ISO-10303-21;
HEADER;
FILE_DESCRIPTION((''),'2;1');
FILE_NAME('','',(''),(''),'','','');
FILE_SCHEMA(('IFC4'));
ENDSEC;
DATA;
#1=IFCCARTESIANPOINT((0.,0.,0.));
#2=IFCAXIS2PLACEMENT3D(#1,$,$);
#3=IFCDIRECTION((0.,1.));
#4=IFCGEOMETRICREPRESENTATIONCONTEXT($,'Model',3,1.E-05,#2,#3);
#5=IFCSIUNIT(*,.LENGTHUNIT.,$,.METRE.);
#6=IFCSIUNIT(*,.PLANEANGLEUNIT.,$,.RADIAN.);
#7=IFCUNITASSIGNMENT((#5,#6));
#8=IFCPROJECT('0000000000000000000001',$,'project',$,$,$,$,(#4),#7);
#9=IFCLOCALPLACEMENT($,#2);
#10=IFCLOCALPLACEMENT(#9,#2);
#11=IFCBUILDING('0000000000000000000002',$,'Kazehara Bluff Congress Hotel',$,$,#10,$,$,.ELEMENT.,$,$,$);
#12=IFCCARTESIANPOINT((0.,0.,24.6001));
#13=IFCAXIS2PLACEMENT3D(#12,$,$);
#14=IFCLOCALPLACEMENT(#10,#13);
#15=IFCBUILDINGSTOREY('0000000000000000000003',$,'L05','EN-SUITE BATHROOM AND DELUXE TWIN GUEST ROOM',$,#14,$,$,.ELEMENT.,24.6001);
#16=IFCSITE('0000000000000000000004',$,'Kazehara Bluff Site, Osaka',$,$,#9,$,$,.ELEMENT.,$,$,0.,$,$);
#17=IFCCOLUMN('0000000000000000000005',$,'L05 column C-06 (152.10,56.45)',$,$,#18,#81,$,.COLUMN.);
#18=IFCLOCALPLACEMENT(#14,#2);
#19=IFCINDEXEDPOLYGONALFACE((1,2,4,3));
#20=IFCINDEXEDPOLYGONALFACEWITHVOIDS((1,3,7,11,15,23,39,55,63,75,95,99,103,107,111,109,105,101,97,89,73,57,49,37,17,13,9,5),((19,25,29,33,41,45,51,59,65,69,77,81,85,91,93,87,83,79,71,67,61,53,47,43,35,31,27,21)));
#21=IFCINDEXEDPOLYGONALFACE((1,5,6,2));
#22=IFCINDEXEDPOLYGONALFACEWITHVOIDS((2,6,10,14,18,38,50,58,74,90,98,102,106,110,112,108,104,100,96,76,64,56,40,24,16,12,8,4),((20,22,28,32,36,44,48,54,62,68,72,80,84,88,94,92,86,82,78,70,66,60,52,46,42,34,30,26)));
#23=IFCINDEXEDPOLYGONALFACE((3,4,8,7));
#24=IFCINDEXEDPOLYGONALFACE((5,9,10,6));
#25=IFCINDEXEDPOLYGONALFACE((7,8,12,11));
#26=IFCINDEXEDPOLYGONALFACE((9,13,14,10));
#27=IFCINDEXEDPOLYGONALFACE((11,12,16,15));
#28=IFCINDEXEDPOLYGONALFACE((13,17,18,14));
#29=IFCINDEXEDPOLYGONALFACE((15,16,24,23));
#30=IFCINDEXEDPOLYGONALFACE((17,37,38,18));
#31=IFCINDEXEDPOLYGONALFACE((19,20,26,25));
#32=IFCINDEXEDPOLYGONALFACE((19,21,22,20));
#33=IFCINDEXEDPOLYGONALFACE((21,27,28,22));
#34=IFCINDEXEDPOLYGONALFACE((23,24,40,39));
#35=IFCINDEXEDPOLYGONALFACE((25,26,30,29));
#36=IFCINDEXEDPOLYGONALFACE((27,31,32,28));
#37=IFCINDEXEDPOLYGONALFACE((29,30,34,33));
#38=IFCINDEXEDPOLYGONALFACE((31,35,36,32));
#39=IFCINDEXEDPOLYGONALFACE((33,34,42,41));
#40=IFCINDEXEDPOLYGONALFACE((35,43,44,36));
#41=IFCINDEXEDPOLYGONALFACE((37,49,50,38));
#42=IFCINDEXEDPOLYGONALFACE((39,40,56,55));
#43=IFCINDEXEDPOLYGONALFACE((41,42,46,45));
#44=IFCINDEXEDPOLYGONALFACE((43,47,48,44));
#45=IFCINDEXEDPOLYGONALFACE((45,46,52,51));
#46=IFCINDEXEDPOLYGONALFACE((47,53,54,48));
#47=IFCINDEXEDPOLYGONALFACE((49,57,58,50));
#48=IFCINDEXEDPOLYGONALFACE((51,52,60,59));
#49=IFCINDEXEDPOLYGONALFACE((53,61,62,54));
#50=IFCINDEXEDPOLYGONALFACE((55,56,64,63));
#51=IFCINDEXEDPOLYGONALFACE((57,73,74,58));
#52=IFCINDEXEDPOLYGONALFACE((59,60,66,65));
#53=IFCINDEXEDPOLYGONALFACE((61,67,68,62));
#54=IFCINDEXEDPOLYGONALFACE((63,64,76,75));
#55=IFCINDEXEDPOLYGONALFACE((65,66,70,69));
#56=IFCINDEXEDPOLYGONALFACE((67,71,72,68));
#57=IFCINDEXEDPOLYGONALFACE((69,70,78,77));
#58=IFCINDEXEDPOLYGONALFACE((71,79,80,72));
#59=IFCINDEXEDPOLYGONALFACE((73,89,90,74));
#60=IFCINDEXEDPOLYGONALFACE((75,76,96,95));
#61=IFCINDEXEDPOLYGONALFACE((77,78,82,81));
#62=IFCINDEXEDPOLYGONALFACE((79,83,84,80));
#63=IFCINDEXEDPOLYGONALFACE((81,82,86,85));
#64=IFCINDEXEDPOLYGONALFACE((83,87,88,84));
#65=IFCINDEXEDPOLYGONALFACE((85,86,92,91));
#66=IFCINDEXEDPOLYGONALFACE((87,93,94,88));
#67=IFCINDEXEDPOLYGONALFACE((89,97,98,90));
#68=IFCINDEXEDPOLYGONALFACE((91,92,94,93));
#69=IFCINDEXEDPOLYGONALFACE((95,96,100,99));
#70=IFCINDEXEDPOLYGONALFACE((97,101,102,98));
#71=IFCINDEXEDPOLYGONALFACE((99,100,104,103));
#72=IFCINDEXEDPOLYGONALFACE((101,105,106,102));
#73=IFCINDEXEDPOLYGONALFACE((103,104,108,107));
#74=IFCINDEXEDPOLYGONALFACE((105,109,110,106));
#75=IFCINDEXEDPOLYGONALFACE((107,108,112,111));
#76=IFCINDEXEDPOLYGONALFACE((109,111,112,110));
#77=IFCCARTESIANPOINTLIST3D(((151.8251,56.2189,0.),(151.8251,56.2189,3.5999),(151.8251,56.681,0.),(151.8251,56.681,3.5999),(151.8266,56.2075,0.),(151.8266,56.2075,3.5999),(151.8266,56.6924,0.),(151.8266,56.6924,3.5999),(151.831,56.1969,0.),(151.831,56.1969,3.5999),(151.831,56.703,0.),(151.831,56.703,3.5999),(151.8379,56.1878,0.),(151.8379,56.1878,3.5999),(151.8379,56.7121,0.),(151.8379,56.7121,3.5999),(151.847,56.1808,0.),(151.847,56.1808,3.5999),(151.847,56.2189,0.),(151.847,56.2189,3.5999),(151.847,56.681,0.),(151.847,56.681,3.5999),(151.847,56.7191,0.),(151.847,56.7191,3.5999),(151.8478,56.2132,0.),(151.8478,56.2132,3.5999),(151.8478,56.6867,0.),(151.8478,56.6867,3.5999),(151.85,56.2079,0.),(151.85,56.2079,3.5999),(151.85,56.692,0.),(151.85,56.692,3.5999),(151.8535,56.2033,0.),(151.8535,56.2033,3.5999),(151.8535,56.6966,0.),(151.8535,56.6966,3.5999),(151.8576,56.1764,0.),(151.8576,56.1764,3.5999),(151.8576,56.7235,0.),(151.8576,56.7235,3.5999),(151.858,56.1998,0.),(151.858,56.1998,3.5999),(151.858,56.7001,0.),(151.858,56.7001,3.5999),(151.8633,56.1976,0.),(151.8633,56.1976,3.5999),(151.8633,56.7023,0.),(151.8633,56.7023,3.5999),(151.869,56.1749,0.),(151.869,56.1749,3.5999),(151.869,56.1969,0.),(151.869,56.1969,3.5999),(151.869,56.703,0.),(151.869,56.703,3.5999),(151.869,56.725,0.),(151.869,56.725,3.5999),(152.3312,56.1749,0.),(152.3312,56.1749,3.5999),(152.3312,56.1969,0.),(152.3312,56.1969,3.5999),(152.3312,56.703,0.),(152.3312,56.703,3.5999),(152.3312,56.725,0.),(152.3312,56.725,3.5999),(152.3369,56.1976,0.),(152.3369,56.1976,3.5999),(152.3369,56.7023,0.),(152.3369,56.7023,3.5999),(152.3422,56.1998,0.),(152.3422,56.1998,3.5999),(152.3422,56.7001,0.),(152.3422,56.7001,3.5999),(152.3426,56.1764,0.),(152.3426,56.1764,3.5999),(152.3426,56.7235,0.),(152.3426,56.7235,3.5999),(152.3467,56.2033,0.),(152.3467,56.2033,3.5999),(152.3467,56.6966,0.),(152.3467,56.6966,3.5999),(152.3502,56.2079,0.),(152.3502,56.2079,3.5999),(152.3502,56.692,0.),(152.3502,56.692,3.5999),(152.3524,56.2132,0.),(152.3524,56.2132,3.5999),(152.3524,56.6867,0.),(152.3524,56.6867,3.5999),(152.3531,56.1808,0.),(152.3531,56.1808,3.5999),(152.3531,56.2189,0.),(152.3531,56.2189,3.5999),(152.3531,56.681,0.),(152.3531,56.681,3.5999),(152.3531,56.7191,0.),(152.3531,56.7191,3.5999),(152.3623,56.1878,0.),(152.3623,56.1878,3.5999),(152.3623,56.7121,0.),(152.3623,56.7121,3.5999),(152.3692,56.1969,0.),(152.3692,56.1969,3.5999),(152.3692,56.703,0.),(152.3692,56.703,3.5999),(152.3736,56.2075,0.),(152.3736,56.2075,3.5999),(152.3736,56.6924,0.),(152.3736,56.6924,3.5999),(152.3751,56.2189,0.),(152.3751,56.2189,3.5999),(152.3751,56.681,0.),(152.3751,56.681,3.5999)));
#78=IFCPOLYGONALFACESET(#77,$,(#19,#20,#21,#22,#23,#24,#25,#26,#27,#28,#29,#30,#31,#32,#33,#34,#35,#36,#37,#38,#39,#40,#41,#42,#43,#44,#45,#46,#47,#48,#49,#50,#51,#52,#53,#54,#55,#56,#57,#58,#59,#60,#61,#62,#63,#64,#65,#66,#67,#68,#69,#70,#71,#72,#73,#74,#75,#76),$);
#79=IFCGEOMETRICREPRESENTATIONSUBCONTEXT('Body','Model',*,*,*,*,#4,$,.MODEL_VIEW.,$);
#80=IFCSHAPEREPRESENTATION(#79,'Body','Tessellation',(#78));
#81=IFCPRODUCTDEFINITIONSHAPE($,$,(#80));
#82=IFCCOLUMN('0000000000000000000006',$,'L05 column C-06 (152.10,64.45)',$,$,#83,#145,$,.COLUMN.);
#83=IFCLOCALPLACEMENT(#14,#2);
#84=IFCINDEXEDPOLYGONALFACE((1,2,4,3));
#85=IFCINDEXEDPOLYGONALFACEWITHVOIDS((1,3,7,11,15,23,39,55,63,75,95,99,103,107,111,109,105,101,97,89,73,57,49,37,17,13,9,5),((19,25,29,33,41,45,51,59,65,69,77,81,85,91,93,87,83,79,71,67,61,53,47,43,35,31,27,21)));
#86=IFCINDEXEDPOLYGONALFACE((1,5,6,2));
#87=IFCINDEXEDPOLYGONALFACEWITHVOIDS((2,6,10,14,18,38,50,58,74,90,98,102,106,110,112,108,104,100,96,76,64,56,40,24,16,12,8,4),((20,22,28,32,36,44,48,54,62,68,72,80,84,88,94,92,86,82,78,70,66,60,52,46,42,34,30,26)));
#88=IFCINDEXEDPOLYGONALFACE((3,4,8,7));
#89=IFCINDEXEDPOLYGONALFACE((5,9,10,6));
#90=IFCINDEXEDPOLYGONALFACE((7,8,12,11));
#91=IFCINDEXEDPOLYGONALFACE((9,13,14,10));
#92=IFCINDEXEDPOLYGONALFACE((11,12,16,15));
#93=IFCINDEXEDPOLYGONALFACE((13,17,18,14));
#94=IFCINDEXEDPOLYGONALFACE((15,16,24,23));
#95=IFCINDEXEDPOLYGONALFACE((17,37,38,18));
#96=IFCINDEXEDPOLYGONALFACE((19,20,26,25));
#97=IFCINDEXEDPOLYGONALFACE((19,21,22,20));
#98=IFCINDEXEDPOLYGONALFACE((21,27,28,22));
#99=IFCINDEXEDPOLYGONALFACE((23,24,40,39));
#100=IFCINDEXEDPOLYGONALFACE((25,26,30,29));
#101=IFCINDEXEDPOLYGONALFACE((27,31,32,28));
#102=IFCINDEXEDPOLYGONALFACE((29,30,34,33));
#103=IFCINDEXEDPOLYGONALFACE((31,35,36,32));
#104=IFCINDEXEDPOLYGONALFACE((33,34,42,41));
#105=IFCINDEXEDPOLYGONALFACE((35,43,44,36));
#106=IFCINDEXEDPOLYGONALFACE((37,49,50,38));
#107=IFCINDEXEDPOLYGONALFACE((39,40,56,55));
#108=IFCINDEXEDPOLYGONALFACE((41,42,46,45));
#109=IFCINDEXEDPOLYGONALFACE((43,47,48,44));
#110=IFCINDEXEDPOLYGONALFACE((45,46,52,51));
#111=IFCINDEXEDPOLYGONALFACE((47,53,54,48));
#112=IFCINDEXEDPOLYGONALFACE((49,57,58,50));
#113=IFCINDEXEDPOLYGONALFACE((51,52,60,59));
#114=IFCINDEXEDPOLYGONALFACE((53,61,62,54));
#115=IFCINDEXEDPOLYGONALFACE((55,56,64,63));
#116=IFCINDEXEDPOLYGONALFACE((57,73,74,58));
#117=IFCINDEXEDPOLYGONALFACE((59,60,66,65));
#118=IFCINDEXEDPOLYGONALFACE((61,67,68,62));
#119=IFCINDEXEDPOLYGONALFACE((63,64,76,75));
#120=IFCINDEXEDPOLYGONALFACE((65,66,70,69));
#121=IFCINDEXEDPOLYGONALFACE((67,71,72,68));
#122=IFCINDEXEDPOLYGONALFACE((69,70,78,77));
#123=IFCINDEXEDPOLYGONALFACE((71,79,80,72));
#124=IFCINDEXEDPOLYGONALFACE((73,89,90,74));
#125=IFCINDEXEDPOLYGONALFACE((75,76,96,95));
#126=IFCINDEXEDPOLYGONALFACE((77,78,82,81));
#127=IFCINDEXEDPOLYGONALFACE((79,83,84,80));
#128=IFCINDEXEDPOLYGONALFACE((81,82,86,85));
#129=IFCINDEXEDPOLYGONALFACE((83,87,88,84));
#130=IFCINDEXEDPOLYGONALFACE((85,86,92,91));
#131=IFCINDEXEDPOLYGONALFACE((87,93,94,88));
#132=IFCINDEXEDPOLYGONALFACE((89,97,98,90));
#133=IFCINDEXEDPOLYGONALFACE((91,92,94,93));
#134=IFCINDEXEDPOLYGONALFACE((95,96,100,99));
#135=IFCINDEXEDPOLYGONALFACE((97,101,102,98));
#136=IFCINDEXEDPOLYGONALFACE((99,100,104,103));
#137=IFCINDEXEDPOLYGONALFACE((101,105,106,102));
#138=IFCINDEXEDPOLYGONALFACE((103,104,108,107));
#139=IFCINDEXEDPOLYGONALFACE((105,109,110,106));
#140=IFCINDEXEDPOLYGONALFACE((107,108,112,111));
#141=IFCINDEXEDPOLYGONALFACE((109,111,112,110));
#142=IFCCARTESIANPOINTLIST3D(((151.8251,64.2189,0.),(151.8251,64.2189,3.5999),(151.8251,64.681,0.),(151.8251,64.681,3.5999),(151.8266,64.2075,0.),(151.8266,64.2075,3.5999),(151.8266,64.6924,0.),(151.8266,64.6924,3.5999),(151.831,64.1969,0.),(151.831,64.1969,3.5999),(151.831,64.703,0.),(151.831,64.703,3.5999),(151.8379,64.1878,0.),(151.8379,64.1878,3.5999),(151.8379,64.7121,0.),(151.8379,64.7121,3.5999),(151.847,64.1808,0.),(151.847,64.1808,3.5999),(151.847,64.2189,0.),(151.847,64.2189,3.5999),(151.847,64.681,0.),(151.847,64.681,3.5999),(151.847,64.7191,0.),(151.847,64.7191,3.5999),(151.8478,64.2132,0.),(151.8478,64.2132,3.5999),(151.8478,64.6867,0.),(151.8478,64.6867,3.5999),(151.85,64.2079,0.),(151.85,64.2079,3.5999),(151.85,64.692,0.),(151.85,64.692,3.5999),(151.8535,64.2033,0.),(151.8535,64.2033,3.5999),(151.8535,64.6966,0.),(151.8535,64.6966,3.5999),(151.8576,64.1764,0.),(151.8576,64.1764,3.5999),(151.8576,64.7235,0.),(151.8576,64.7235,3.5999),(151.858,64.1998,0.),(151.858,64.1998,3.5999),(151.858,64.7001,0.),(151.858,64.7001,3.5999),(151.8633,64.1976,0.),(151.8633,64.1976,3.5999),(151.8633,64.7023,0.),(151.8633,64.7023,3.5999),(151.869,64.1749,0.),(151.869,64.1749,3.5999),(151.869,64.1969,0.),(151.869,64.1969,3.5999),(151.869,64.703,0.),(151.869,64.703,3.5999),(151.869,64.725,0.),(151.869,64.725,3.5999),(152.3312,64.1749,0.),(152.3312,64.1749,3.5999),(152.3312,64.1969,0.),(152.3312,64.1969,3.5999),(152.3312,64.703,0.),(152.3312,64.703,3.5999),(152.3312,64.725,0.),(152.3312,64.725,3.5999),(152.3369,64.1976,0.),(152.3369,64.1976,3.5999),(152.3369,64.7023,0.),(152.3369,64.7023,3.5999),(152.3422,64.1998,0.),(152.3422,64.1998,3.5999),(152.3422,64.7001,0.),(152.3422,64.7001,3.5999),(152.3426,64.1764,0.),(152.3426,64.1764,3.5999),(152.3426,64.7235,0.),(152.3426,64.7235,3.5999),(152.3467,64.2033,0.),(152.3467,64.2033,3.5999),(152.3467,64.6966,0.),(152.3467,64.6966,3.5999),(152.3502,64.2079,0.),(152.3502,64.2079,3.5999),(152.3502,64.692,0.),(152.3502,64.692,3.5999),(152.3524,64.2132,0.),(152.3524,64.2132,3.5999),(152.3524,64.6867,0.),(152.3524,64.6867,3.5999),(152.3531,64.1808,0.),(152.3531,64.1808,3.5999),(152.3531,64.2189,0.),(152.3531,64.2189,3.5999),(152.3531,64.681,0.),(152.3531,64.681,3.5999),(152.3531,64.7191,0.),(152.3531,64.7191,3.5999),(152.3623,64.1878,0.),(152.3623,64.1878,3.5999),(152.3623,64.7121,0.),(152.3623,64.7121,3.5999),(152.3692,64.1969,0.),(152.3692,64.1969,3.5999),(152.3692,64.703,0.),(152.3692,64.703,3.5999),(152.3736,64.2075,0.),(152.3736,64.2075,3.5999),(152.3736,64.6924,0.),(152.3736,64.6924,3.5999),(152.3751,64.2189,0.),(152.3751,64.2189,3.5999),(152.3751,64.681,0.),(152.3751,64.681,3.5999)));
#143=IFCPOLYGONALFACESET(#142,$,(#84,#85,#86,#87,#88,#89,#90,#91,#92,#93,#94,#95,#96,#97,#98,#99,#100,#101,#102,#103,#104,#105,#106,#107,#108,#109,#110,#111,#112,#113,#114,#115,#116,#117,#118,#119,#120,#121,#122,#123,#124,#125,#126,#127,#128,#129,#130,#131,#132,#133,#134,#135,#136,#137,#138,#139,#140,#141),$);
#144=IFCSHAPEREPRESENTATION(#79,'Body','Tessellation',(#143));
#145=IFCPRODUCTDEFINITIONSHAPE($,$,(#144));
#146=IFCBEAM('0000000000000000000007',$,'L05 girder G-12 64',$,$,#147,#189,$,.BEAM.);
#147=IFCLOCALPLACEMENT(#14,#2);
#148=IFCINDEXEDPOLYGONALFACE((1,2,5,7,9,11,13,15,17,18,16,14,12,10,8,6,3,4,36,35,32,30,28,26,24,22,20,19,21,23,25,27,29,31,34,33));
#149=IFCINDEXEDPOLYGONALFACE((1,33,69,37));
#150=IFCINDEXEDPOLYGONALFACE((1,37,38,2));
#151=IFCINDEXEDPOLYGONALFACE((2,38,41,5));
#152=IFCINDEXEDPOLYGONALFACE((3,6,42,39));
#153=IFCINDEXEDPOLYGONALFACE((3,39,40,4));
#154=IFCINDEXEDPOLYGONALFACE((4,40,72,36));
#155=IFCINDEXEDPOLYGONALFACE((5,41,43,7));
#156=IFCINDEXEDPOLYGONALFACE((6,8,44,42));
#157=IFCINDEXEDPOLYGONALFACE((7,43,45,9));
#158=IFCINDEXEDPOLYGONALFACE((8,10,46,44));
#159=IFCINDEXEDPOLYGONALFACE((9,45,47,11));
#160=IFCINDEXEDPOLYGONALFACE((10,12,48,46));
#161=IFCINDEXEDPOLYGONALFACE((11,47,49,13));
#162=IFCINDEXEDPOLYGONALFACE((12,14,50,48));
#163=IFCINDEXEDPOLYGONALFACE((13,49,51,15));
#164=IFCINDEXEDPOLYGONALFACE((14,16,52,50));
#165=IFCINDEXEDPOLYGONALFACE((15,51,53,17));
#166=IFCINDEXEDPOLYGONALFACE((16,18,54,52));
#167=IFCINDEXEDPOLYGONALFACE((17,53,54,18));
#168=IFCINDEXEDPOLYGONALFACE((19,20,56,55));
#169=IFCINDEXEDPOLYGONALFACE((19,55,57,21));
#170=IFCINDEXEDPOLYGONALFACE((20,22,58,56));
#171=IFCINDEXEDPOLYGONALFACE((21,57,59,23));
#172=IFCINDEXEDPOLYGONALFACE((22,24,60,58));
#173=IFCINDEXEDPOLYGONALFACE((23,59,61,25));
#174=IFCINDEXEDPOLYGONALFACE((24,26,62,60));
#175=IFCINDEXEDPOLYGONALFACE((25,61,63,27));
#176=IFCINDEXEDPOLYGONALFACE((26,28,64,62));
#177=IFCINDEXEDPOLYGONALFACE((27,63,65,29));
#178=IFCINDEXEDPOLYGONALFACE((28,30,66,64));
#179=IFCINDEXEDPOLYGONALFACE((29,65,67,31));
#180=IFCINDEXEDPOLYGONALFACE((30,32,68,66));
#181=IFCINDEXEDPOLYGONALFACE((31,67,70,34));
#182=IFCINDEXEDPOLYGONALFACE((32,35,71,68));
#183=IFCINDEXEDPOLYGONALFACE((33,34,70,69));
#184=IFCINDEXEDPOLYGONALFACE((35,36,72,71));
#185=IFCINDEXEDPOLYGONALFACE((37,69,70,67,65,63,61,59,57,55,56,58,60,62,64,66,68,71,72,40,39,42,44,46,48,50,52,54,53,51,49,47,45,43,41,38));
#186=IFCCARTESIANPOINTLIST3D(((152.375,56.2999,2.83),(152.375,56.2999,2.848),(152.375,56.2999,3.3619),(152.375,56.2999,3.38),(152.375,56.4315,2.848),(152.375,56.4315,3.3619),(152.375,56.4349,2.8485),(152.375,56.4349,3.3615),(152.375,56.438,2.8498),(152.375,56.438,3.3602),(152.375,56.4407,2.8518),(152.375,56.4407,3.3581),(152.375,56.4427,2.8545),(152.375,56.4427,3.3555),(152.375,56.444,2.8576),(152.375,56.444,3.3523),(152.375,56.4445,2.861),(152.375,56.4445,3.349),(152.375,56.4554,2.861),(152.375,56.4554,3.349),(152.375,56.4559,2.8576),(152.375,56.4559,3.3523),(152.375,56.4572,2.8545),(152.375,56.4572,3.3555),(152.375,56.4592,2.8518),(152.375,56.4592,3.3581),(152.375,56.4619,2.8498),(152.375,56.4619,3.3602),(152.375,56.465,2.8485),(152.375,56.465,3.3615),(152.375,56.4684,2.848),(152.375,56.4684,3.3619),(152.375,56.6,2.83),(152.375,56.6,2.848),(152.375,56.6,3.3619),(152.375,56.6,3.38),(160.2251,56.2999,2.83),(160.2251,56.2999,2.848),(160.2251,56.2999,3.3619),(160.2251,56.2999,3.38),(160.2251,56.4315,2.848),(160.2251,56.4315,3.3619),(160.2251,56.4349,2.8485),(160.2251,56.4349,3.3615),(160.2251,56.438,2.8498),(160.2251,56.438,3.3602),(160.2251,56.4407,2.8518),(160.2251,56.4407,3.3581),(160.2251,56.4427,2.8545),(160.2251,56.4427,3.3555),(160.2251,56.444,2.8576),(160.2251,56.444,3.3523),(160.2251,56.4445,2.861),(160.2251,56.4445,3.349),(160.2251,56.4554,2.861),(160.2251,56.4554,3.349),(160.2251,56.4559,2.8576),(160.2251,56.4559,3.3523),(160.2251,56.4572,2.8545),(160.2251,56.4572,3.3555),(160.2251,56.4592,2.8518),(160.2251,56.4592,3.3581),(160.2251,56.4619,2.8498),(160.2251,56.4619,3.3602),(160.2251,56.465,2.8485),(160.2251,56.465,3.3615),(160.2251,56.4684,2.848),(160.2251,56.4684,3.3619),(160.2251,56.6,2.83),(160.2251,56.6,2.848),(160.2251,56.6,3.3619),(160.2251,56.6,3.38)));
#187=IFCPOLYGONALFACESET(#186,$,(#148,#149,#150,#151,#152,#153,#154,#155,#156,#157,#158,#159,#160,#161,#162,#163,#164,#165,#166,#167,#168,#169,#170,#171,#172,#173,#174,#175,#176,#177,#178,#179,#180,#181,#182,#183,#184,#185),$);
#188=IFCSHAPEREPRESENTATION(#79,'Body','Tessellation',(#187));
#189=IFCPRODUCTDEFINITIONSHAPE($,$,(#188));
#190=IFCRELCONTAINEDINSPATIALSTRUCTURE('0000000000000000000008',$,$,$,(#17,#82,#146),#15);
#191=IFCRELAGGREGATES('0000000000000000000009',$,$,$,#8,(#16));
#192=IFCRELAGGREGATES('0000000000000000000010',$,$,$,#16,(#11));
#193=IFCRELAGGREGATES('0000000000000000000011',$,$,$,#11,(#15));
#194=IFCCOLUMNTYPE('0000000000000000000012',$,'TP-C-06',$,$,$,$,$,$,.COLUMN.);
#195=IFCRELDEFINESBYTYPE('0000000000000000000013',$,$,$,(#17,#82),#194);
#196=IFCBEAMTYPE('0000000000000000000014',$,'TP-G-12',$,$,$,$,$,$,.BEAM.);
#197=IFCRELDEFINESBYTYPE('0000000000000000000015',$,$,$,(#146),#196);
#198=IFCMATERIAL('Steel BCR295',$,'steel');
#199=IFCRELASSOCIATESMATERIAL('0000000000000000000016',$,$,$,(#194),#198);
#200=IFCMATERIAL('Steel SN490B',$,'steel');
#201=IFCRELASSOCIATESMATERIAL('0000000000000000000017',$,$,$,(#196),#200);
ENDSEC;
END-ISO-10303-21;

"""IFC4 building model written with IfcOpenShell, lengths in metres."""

from ifc_helpers import new_model, si_unit, direction, frame, origin, origin_2d, place, context, subcontext, project, spatial, hollow_rectangle, i_section, extrude, material, material_profile, profile_set, type_object, element, save


model = new_model("IFC4")

# Units and contexts
model_context = context("Model", 3, precision=1e-05, world=origin(), true_north=direction((0.0, 1.0)))
body_context = subcontext(model_context, "Body", "Model", "MODEL_VIEW")
ifc_project = project(units=[si_unit("LENGTHUNIT", "METRE"), si_unit("PLANEANGLEUNIT", "RADIAN")], contexts=[model_context])

# Site, building, storey
site_placement = place(None, origin())
site = spatial("IfcSite", under=ifc_project, at=site_placement, Name="Kazehara Bluff Site, Osaka", CompositionType="ELEMENT", RefElevation=0.0)
building_placement = place(site_placement, origin())
building = spatial("IfcBuilding", under=site, at=building_placement, Name="Kazehara Bluff Congress Hotel", CompositionType="ELEMENT")
storey_placement = place(building_placement, frame((0.0, 0.0, 24.6001)))
storey = spatial("IfcBuildingStorey", under=building, at=storey_placement, Name="L05", Description="EN-SUITE BATHROOM AND DELUXE TWIN GUEST ROOM", CompositionType="ELEMENT", Elevation=24.6001)

# Columns
ifc_material_1 = material(Name="Steel BCR295", Category="steel")
ifc_material_profile_1 = material_profile(ifc_material_1, hollow_rectangle(XDim=0.55, YDim=0.55, WallThickness=0.022, InnerFilletRadius=0.022, OuterFilletRadius=0.0439, at=origin_2d()))
ifc_profile_set_1 = profile_set([ifc_material_profile_1], Name="Steel BCR295")
column_type = type_object("IfcColumnType", Name="TP-C-06", PredefinedType="COLUMN", material=ifc_profile_set_1)
for number, where, z_axis, x_axis, name in (
    (1, (152.1001, 56.45, 0.0), (0.0, 0.0, 1.0), (1.0, 0.0, 0.0), "L05 column C-06 (152.10,56.45)"),
    (2, (152.1001, 64.45, 0.0), (0.0, 0.0, 1.0), (1.0, 0.0, 0.0), "L05 column C-06 (152.10,64.45)"),
):
    element("IfcColumn", number, at=place(storey_placement, frame(where, z_axis=z_axis, x_axis=x_axis)), inside=storey, type_object=column_type, Name=name, PredefinedType="COLUMN", context=body_context, shape_type="SweptSolid", body=[
        extrude(hollow_rectangle(XDim=0.55, YDim=0.55, WallThickness=0.022, InnerFilletRadius=0.022, OuterFilletRadius=0.0439, at=origin_2d()), origin(), (0.0, 0.0, 1.0), 3.5999),
    ])

# Beam
ifc_material_2 = material(Name="Steel SN490B", Category="steel")
ifc_material_profile_2 = material_profile(ifc_material_2, i_section(OverallWidth=0.3, OverallDepth=0.55, WebThickness=0.011, FlangeThickness=0.0181, FilletRadius=0.0129, at=origin_2d()))
ifc_profile_set_2 = profile_set([ifc_material_profile_2], Name="Steel SN490B")
beam_type = type_object("IfcBeamType", Name="TP-G-12", PredefinedType="BEAM", material=ifc_profile_set_2)
for number, where, z_axis, x_axis, name in (
    (3, (152.375, 56.45, 3.105), (1.0, 0.0, 0.0), (0.0, 1.0, 0.0), "L05 girder G-12 64"),
):
    element("IfcBeam", number, at=place(storey_placement, frame(where, z_axis=z_axis, x_axis=x_axis)), inside=storey, type_object=beam_type, Name=name, PredefinedType="BEAM", context=body_context, shape_type="SweptSolid", body=[
        extrude(i_section(OverallWidth=0.3, OverallDepth=0.55, WebThickness=0.011, FlangeThickness=0.0181, FilletRadius=0.0129, at=origin_2d()), origin(), (0.0, 0.0, 1.0), 7.8501),
    ])

save(model, "model.ifc")
